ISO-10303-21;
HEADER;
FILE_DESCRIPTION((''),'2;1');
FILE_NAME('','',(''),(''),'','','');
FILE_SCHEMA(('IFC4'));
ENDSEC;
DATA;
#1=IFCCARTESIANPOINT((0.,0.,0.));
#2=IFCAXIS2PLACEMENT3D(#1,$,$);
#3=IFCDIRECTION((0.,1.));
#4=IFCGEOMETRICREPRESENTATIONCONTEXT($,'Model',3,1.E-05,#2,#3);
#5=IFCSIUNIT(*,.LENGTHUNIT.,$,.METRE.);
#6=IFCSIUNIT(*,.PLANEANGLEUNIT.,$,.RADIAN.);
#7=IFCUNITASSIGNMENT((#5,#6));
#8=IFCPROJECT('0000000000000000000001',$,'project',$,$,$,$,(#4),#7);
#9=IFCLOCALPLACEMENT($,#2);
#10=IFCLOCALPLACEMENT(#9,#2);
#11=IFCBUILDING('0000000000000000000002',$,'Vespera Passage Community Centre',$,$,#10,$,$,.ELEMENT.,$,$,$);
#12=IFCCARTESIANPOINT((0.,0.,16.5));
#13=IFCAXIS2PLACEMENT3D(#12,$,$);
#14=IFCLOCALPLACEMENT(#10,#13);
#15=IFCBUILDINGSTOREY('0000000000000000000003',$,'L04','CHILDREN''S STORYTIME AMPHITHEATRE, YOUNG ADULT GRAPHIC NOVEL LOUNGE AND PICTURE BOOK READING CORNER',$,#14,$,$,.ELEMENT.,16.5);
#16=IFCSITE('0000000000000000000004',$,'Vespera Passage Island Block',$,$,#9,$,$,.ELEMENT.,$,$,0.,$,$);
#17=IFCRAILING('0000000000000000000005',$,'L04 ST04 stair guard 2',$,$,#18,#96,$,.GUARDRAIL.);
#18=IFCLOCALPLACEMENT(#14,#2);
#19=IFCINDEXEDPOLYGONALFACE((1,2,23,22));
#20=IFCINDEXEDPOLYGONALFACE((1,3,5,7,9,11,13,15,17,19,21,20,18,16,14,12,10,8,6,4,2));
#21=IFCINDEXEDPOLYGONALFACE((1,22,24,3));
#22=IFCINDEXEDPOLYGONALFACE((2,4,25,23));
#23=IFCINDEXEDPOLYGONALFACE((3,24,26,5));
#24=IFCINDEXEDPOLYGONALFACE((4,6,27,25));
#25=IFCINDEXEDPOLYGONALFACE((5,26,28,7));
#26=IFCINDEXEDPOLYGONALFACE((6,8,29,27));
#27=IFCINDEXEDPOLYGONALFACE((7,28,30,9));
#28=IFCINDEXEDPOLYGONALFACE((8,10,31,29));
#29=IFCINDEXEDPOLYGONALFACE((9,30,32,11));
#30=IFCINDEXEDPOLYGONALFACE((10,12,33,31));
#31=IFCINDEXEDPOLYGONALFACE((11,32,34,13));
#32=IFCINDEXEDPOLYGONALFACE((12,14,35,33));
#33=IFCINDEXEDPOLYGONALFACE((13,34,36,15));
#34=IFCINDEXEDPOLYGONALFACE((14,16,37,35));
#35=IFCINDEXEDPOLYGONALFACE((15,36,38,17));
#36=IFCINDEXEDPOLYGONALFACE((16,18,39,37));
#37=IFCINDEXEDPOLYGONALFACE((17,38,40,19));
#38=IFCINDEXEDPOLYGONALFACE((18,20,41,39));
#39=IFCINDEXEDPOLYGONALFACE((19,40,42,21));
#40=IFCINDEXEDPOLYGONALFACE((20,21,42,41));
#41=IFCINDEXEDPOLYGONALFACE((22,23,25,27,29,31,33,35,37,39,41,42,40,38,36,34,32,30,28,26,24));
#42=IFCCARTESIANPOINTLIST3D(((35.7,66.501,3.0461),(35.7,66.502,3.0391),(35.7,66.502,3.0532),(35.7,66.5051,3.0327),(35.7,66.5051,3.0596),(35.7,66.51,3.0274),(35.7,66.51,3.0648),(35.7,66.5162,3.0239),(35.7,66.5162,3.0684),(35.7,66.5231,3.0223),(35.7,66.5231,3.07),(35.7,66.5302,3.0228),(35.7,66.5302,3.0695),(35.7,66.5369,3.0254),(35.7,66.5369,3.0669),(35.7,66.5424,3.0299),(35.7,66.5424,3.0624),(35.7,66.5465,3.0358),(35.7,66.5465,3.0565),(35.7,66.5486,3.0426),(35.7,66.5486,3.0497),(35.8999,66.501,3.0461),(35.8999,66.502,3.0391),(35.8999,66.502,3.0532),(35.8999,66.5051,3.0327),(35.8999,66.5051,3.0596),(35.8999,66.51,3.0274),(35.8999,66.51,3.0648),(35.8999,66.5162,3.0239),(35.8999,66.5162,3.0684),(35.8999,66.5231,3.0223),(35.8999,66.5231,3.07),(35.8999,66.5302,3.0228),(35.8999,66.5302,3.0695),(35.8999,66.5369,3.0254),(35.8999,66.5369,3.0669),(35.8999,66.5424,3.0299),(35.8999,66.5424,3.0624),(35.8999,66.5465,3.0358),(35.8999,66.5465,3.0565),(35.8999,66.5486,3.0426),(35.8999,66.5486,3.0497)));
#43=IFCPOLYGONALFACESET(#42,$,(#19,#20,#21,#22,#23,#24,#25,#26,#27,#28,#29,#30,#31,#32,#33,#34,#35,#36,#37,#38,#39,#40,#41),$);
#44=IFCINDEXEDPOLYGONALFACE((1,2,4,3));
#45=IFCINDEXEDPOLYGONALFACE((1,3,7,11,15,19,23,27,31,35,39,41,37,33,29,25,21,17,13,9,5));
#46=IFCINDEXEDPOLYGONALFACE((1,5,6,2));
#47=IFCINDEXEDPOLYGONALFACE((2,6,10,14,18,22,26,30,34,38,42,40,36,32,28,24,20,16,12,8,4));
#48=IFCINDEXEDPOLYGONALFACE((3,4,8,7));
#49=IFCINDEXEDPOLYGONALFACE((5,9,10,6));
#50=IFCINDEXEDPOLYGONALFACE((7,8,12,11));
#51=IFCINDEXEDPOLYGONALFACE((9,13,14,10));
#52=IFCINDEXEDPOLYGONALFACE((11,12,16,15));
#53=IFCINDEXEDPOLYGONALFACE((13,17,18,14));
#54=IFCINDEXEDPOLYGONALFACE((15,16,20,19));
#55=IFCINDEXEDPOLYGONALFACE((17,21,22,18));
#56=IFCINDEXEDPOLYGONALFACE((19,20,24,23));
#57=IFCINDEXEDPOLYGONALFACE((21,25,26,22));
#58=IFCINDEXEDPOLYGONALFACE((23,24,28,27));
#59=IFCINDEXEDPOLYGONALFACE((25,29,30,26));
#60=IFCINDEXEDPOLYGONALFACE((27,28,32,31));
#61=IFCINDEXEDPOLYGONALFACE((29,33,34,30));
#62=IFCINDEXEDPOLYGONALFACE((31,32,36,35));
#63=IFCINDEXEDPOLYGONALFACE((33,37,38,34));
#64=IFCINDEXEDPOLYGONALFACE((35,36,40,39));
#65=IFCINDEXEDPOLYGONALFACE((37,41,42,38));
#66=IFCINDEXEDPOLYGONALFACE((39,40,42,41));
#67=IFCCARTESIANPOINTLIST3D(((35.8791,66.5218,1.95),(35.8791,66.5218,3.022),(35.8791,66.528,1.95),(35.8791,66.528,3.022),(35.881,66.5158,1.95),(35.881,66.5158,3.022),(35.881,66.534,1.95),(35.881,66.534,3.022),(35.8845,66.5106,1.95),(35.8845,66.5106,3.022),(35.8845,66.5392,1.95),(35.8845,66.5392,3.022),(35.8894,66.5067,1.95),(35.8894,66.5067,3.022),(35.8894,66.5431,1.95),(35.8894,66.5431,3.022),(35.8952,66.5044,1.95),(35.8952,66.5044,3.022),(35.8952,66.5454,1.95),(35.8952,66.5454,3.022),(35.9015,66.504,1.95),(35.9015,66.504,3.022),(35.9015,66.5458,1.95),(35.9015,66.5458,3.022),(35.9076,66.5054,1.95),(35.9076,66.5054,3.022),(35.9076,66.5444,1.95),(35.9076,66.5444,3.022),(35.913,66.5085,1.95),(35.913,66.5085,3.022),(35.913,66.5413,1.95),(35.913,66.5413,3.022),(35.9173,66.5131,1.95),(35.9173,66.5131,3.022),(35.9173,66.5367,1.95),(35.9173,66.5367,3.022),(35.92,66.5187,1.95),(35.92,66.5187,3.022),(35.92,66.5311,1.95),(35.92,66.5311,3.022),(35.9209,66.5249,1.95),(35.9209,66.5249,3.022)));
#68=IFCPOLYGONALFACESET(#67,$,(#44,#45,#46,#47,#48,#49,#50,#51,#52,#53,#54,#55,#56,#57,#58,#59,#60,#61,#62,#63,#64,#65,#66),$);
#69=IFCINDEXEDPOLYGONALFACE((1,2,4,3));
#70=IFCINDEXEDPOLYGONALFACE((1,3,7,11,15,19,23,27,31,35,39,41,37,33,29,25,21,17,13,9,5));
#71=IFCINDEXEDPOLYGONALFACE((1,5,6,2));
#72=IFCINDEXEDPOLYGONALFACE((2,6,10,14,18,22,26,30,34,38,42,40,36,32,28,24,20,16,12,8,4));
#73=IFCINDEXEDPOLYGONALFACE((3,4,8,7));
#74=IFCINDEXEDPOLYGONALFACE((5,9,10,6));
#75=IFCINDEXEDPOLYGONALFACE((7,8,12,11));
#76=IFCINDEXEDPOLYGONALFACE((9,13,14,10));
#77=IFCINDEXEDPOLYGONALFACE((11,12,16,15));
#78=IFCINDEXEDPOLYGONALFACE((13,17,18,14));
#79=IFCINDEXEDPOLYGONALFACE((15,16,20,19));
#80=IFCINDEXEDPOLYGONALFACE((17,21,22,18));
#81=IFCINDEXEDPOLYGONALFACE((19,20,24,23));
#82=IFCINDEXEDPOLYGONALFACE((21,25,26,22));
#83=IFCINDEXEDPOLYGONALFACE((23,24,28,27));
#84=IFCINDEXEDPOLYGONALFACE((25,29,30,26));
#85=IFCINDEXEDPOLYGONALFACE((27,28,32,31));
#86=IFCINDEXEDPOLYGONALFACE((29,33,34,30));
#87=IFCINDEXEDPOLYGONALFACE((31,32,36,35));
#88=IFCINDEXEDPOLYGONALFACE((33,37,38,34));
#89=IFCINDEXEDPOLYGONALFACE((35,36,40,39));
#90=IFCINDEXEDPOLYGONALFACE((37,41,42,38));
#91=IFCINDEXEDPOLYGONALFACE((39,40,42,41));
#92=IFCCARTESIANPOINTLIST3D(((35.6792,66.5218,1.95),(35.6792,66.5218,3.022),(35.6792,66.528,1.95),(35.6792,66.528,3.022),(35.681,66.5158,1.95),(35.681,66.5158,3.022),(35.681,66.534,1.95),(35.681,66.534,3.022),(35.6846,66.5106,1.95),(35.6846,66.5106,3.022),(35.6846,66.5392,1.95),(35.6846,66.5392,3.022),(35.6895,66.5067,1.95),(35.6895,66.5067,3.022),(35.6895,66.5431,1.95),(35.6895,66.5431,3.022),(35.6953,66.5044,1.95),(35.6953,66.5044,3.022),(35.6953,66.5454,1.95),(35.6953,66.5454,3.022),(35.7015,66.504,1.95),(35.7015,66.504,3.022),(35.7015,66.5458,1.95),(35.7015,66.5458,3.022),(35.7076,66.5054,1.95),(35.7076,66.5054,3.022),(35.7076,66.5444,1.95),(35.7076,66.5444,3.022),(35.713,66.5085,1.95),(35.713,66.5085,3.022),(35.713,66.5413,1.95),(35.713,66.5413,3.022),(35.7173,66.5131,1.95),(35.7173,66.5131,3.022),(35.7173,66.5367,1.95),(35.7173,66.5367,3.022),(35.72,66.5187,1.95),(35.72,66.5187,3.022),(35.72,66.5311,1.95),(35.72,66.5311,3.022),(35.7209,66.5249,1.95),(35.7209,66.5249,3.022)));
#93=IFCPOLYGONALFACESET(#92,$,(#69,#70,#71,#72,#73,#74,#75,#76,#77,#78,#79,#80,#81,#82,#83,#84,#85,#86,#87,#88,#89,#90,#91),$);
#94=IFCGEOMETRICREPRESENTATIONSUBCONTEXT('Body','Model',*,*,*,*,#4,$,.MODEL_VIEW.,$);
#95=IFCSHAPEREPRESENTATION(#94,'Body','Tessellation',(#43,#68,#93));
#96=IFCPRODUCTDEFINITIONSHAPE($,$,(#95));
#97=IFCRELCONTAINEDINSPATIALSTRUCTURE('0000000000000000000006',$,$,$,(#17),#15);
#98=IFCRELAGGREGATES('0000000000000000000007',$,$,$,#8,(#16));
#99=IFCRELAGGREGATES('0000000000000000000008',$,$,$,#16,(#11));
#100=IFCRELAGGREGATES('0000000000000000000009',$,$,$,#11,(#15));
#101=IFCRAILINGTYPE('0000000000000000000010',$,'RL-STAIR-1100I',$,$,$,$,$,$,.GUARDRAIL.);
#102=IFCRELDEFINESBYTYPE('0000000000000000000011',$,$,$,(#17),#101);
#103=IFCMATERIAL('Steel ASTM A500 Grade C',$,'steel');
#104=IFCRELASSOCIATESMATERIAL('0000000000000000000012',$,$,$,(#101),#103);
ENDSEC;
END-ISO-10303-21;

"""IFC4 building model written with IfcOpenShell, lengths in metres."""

from ifc_helpers import new_model, si_unit, direction, frame, origin, origin_2d, place, context, subcontext, project, spatial, circle, extrude, material, type_object, element, save


model = new_model("IFC4")

# Units and contexts
model_context = context("Model", 3, precision=1e-05, world=origin(), true_north=direction((0.0, 1.0)))
body_context = subcontext(model_context, "Body", "Model", "MODEL_VIEW")
ifc_project = project(units=[si_unit("LENGTHUNIT", "METRE"), si_unit("PLANEANGLEUNIT", "RADIAN")], contexts=[model_context])

# Site, building, storey
site_placement = place(None, origin())
site = spatial("IfcSite", under=ifc_project, at=site_placement, Name="Vespera Passage Island Block", CompositionType="ELEMENT", RefElevation=0.0)
building_placement = place(site_placement, origin())
building = spatial("IfcBuilding", under=site, at=building_placement, Name="Vespera Passage Community Centre", CompositionType="ELEMENT")
storey_placement = place(building_placement, frame((0.0, 0.0, 16.5)))
storey = spatial("IfcBuildingStorey", under=building, at=storey_placement, Name="L04", Description="CHILDREN'S STORYTIME AMPHITHEATRE, YOUNG ADULT GRAPHIC NOVEL LOUNGE AND PICTURE BOOK READING CORNER", CompositionType="ELEMENT", Elevation=16.5)

# Railing
ifc_material_1 = material(Name="Steel ASTM A500 Grade C", Category="steel")
railing_type_1 = type_object("IfcRailingType", Name="RL-STAIR-1100I", PredefinedType="GUARDRAIL", material=ifc_material_1)
railing_1_placement = place(storey_placement, frame((35.8999, 66.5249, 1.95)))
element("IfcRailing", 1, at=railing_1_placement, inside=storey, type_object=railing_type_1, Name="L04 ST04 stair guard 2", PredefinedType="GUARDRAIL", context=body_context, shape_type="SweptSolid", body=[
    extrude(circle(Radius=0.0239, at=origin_2d()), frame((0.0, 0.0, 1.0962), z_axis=(-1.0, 0.0, 0.0), x_axis=(0.0, -1.0, 0.0)), (0.0, 0.0, 1.0), 0.2),
    extrude(circle(Radius=0.021, at=origin_2d()), origin(), (0.0, 0.0, 1.0), 1.072),
    extrude(circle(Radius=0.021, at=origin_2d()), frame((-0.2, 0.0, 0.0)), (0.0, 0.0, 1.0), 1.072),
])

save(model, "model.ifc")
